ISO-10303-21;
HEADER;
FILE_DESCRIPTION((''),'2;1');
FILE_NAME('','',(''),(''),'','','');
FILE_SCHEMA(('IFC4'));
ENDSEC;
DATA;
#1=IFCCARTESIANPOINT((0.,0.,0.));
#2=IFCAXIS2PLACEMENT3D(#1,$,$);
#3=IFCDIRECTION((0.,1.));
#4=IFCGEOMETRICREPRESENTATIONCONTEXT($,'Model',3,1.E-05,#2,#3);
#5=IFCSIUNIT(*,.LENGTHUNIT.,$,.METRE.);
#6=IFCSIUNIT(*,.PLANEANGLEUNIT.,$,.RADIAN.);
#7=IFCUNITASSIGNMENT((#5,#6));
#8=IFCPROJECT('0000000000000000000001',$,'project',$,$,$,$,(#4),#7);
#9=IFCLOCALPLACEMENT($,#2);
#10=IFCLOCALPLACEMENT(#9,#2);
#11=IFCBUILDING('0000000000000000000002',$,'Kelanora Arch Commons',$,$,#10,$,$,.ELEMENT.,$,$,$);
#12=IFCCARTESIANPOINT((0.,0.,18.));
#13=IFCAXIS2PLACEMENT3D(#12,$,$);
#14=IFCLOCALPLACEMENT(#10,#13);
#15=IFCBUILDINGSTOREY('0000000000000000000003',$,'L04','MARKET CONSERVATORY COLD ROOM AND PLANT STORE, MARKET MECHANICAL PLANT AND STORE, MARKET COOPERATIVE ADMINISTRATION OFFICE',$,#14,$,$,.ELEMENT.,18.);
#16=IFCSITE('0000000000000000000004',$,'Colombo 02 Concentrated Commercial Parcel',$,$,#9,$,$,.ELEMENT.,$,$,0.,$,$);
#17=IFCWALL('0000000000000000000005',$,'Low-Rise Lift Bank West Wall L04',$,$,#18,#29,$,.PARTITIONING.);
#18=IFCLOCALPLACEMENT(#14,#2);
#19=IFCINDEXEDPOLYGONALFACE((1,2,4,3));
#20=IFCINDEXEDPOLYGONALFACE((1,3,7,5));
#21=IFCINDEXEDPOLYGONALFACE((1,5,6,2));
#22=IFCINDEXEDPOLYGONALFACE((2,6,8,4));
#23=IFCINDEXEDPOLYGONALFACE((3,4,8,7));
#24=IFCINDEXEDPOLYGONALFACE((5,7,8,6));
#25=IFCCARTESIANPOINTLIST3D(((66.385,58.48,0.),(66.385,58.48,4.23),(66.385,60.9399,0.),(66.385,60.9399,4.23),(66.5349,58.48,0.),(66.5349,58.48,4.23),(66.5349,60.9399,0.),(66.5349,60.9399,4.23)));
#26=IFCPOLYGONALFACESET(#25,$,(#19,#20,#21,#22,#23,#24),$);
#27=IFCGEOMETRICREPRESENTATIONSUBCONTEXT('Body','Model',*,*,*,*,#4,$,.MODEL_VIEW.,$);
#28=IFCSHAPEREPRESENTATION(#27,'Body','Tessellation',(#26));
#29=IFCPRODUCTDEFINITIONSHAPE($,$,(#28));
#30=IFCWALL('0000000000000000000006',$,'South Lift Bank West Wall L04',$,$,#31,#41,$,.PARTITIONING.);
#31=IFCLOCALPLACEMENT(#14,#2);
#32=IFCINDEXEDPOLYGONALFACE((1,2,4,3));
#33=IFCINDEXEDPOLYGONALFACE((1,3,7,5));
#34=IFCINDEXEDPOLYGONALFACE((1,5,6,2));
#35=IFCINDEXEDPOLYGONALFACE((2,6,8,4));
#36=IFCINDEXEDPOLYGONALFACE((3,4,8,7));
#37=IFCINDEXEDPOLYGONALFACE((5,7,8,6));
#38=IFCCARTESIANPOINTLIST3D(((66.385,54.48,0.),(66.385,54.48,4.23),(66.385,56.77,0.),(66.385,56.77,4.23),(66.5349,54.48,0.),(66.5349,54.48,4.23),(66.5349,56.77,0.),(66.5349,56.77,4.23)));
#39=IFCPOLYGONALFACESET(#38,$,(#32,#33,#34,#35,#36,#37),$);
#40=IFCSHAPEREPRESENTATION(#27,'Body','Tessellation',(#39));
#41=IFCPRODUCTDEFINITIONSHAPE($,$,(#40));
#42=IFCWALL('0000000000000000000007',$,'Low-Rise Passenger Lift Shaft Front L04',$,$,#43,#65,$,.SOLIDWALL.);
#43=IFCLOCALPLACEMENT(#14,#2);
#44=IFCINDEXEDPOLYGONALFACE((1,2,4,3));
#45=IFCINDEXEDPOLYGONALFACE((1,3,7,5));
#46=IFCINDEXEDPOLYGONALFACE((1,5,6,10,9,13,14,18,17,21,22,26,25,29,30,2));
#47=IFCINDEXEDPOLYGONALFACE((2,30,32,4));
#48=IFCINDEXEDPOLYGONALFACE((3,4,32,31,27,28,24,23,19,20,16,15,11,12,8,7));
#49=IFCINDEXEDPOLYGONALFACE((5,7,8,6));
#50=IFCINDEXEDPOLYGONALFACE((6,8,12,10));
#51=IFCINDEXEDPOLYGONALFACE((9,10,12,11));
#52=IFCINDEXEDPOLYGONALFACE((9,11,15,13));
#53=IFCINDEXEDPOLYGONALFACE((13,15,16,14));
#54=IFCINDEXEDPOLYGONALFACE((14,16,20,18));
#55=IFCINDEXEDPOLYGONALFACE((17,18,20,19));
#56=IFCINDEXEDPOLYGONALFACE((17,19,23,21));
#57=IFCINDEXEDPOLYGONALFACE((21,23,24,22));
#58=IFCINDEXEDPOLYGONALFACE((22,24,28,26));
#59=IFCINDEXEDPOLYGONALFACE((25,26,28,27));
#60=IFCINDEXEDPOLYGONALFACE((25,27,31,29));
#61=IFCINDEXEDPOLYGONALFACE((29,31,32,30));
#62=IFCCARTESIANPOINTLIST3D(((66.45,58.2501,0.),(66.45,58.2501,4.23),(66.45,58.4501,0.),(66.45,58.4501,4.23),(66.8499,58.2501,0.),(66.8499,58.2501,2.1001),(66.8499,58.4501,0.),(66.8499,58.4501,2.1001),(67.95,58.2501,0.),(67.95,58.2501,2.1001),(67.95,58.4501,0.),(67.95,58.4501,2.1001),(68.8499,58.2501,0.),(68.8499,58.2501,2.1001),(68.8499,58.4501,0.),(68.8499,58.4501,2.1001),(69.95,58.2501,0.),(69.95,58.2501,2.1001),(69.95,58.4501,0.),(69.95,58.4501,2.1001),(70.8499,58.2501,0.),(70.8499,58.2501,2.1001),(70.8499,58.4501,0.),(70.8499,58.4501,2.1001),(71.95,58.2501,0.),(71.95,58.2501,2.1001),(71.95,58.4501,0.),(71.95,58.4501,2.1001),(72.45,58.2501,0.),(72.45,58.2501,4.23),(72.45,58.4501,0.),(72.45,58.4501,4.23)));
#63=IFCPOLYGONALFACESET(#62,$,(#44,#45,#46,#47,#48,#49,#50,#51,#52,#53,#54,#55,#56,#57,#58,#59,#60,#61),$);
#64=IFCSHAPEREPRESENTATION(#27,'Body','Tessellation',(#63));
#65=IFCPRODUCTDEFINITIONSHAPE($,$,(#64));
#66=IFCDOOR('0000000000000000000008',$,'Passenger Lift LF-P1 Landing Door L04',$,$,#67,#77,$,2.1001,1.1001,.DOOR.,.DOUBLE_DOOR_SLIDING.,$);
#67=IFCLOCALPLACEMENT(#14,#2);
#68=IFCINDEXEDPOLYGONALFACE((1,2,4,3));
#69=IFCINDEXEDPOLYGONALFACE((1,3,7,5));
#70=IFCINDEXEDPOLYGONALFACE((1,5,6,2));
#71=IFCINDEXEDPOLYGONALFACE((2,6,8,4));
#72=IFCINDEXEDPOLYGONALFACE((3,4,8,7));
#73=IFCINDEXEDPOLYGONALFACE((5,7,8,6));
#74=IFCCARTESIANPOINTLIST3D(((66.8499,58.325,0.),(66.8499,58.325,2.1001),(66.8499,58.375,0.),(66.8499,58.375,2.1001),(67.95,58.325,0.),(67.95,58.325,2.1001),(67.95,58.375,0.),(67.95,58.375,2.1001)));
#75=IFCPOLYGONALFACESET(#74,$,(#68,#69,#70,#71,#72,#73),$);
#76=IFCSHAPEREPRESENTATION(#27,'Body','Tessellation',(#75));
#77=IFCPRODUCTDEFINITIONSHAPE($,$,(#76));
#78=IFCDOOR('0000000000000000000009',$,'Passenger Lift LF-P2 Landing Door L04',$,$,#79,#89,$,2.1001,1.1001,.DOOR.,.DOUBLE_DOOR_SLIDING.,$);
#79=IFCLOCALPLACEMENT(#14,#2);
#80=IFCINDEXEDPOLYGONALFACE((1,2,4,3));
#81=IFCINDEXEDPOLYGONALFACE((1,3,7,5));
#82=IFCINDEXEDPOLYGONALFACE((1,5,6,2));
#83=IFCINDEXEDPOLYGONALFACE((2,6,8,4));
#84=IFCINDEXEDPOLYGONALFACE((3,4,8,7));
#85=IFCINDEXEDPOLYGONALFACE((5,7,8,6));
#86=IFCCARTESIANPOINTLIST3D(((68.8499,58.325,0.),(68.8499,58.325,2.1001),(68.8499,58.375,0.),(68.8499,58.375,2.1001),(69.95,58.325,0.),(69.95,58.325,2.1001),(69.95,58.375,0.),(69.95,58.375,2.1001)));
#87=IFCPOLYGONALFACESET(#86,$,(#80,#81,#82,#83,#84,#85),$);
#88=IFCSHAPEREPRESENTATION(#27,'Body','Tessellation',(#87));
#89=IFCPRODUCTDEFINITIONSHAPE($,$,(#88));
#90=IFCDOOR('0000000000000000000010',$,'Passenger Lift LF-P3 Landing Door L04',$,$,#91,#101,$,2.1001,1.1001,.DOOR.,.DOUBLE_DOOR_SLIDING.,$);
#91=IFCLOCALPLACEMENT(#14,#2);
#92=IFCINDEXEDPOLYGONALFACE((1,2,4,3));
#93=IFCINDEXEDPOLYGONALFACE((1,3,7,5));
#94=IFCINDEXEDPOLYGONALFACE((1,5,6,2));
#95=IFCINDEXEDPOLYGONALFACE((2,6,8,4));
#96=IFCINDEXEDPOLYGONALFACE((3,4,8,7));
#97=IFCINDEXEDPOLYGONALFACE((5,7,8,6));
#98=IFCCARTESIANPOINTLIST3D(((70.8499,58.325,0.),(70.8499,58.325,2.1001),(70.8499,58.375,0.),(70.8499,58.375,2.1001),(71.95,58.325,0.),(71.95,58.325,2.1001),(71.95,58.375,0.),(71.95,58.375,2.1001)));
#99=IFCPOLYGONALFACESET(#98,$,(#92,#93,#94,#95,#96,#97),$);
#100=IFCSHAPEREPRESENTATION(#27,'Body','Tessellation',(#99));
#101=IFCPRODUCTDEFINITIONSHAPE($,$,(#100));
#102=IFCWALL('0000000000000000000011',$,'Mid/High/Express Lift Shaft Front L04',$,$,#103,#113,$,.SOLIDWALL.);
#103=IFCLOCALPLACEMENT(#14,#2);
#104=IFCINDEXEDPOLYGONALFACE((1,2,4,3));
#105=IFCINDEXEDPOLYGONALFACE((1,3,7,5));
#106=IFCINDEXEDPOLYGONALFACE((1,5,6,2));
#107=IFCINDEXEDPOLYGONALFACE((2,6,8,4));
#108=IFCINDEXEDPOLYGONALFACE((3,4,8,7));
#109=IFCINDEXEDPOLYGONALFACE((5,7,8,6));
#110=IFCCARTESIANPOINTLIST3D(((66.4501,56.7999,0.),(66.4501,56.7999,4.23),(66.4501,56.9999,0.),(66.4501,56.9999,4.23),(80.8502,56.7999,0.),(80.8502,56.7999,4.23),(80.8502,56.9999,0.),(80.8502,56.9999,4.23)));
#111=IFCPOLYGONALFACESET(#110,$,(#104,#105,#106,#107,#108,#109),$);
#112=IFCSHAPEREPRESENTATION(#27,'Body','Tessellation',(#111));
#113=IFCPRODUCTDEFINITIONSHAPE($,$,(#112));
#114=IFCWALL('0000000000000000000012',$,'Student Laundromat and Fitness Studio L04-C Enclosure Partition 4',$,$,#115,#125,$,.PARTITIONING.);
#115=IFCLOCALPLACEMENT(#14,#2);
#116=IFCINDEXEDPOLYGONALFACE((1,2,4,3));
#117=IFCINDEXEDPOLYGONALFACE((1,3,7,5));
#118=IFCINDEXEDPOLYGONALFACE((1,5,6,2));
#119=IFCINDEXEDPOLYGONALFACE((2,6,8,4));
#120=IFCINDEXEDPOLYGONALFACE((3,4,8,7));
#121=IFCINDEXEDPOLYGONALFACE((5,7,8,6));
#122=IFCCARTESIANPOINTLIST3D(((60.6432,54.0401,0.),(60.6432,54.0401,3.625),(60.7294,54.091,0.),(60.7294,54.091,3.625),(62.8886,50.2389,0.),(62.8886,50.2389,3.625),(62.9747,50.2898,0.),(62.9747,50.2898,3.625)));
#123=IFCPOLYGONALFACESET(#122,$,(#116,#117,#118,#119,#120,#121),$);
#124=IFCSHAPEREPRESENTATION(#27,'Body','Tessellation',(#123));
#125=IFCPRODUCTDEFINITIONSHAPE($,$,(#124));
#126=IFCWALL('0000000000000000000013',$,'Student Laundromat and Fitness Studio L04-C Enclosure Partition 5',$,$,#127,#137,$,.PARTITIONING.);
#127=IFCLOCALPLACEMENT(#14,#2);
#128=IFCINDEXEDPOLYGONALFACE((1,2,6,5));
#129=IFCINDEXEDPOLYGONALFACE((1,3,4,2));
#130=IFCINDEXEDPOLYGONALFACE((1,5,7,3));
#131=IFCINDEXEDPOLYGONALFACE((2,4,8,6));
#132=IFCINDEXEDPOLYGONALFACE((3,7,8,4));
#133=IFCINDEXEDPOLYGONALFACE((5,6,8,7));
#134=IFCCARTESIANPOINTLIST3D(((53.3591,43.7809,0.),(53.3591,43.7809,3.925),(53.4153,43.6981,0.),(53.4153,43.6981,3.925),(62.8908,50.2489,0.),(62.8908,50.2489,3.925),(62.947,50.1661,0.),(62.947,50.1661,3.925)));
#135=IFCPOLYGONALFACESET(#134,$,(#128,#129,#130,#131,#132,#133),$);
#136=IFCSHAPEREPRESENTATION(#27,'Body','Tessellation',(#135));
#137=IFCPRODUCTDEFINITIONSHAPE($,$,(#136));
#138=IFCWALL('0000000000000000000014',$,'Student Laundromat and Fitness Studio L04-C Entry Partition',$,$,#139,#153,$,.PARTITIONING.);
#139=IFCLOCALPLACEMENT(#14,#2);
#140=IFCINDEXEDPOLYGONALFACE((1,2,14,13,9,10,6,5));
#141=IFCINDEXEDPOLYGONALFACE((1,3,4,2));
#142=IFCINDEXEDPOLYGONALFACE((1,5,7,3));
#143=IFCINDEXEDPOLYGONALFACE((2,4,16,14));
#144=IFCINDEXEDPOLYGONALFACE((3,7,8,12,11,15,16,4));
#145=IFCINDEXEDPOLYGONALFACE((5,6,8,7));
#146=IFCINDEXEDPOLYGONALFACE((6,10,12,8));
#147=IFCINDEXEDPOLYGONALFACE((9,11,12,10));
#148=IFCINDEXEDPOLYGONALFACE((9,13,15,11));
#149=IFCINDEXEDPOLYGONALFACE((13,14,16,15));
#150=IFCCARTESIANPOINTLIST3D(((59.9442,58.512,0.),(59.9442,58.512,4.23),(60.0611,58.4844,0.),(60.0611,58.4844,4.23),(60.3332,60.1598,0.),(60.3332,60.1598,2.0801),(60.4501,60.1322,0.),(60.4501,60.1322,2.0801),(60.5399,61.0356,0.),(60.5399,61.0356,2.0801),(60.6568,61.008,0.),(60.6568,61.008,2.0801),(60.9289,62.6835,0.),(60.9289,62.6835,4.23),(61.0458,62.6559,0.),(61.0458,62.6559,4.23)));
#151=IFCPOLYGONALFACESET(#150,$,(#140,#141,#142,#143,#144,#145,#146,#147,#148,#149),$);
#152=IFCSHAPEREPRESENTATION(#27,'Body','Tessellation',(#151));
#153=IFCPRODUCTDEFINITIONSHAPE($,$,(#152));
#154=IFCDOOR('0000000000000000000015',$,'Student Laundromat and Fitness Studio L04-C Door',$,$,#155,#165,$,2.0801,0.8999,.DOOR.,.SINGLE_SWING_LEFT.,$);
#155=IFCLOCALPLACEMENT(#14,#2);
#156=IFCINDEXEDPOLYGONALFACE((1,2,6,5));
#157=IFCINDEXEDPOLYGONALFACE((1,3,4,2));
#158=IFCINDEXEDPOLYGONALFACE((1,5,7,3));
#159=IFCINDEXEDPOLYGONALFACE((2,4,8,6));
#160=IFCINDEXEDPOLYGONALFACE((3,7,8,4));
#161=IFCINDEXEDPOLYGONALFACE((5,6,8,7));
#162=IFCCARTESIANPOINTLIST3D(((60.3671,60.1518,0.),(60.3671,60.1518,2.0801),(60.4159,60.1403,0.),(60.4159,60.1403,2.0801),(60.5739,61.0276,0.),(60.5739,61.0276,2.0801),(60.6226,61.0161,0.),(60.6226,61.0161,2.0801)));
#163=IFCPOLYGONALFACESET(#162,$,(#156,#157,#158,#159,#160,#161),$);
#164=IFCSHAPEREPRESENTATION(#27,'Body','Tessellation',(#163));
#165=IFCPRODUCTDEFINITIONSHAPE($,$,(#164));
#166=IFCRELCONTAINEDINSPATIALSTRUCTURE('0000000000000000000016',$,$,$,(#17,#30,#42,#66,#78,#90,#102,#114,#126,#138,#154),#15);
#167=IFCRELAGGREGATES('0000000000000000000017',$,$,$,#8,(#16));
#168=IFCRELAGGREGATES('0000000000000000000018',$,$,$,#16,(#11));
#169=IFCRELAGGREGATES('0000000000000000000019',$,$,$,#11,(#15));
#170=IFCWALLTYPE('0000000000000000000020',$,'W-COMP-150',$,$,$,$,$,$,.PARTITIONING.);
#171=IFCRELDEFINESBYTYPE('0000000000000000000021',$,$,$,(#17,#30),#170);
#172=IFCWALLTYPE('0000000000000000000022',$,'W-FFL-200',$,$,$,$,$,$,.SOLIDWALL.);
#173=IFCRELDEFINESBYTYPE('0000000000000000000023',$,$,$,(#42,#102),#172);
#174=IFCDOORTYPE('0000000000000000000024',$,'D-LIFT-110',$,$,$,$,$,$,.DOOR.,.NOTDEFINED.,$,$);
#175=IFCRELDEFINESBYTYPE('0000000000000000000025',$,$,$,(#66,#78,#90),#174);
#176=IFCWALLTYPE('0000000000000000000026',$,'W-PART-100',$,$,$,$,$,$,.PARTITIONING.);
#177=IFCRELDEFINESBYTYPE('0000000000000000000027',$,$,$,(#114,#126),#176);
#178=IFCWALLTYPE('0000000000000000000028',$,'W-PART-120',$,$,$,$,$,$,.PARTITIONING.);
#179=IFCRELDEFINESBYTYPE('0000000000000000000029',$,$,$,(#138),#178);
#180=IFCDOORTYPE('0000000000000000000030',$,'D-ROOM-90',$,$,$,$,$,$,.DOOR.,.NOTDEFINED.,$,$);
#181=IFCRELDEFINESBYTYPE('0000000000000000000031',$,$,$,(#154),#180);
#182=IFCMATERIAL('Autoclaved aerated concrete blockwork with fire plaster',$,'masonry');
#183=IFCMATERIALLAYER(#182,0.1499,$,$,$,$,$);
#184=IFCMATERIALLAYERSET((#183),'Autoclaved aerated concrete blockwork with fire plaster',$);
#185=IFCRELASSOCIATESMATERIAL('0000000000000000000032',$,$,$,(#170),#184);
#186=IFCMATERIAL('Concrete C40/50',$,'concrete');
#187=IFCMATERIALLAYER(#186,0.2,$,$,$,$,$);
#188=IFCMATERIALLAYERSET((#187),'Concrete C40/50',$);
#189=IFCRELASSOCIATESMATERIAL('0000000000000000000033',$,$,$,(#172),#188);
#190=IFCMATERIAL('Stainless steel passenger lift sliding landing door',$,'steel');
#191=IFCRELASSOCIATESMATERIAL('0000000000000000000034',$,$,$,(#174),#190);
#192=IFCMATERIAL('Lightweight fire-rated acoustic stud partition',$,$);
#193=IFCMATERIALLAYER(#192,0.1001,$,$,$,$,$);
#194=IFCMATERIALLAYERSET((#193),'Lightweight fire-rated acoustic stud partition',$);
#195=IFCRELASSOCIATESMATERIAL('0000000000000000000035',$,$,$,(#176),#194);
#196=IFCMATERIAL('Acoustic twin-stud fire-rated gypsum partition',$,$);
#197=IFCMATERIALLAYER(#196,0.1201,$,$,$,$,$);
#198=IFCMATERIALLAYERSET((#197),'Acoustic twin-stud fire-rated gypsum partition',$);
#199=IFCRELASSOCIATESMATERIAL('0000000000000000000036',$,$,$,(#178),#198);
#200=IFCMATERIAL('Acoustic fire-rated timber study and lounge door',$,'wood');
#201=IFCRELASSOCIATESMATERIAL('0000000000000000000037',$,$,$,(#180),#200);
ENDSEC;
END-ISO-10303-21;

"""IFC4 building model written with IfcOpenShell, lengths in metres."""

from ifc_helpers import new_model, si_unit, direction, frame, frame_2d, origin, place, context, subcontext, project, spatial, rectangle, extrude, material, layer, layer_set, type_object, element, fill, save


model = new_model("IFC4")

# Units and contexts
model_context = context("Model", 3, precision=1e-05, world=origin(), true_north=direction((0.0, 1.0)))
body_context = subcontext(model_context, "Body", "Model", "MODEL_VIEW")
ifc_project = project(units=[si_unit("LENGTHUNIT", "METRE"), si_unit("PLANEANGLEUNIT", "RADIAN")], contexts=[model_context])

# Site, building, storey
site_placement = place(None, origin())
site = spatial("IfcSite", under=ifc_project, at=site_placement, Name="Colombo 02 Concentrated Commercial Parcel", CompositionType="ELEMENT", RefElevation=0.0)
building_placement = place(site_placement, origin())
building = spatial("IfcBuilding", under=site, at=building_placement, Name="Kelanora Arch Commons", CompositionType="ELEMENT")
storey_placement = place(building_placement, frame((0.0, 0.0, 18.0)))
storey = spatial("IfcBuildingStorey", under=building, at=storey_placement, Name="L04", Description="MARKET CONSERVATORY COLD ROOM AND PLANT STORE, MARKET MECHANICAL PLANT AND STORE, MARKET COOPERATIVE ADMINISTRATION OFFICE", CompositionType="ELEMENT", Elevation=18.0)

# Walls
ifc_material_1 = material(Name="Autoclaved aerated concrete blockwork with fire plaster", Category="masonry")
ifc_layer_1 = layer(ifc_material_1, 0.1499)
ifc_layer_set_1 = layer_set([ifc_layer_1], Name="Autoclaved aerated concrete blockwork with fire plaster")
wall_type_1 = type_object("IfcWallType", Name="W-COMP-150", PredefinedType="PARTITIONING", material=ifc_layer_set_1)
wall_1_placement = place(storey_placement, frame((66.46, 58.48, 0.0), z_axis=(0.0, 0.0, 1.0), x_axis=(0.0, 1.0, 0.0)))
element("IfcWall", 1, at=wall_1_placement, inside=storey, type_object=wall_type_1, Name="Low-Rise Lift Bank West Wall L04", PredefinedType="PARTITIONING", context=body_context, shape_type="SweptSolid", body=[
    extrude(rectangle(XDim=2.46, YDim=0.1499, at=frame_2d((1.23, 0.0))), origin(), (0.0, 0.0, 1.0), 4.23),
])
wall_2_placement = place(storey_placement, frame((66.46, 54.48, 0.0), z_axis=(0.0, 0.0, 1.0), x_axis=(0.0, 1.0, 0.0)))
element("IfcWall", 2, at=wall_2_placement, inside=storey, type_object=wall_type_1, Name="South Lift Bank West Wall L04", PredefinedType="PARTITIONING", context=body_context, shape_type="SweptSolid", body=[
    extrude(rectangle(XDim=2.29, YDim=0.1499, at=frame_2d((1.145, 0.0))), origin(), (0.0, 0.0, 1.0), 4.23),
])

# Wall, openings, doors
ifc_material_2 = material(Name="Concrete C40/50", Category="concrete")
ifc_layer_2 = layer(ifc_material_2, 0.2)
ifc_layer_set_2 = layer_set([ifc_layer_2], Name="Concrete C40/50")
wall_type_2 = type_object("IfcWallType", Name="W-FFL-200", PredefinedType="SOLIDWALL", material=ifc_layer_set_2)
wall_3_placement = place(storey_placement, frame((66.45, 58.3501, 0.0), z_axis=(0.0, 0.0, 1.0), x_axis=(1.0, 0.0, 0.0)))
wall_3 = element("IfcWall", 3, at=wall_3_placement, inside=storey, type_object=wall_type_2, Name="Low-Rise Passenger Lift Shaft Front L04", PredefinedType="SOLIDWALL", context=body_context, shape_type="SweptSolid", body=[
    extrude(rectangle(XDim=6.0, YDim=0.2, at=frame_2d((3.0, 0.0))), origin(), (0.0, 0.0, 1.0), 4.23),
])
opening_1_placement = place(wall_3_placement, frame((0.3999, 0.0, 0.0)))
opening_1 = element("IfcOpeningElement", 4, at=opening_1_placement, cuts=wall_3, PredefinedType="OPENING", context=body_context, shape_type="SweptSolid", body=[
    extrude(rectangle(XDim=1.1001, YDim=2.1001, at=frame_2d((0.55, 1.05))), frame((0.0, 0.1099, 0.0), z_axis=(0.0, -1.0, 0.0), x_axis=(1.0, 0.0, 0.0)), (0.0, 0.0, 1.0), 0.22),
])
opening_2_placement = place(wall_3_placement, frame((2.3999, 0.0, 0.0)))
opening_2 = element("IfcOpeningElement", 5, at=opening_2_placement, cuts=wall_3, PredefinedType="OPENING", context=body_context, shape_type="SweptSolid", body=[
    extrude(rectangle(XDim=1.1001, YDim=2.1001, at=frame_2d((0.55, 1.05))), frame((0.0, 0.1099, 0.0), z_axis=(0.0, -1.0, 0.0), x_axis=(1.0, 0.0, 0.0)), (0.0, 0.0, 1.0), 0.22),
])
opening_3_placement = place(wall_3_placement, frame((4.3999, 0.0, 0.0)))
opening_3 = element("IfcOpeningElement", 6, at=opening_3_placement, cuts=wall_3, PredefinedType="OPENING", context=body_context, shape_type="SweptSolid", body=[
    extrude(rectangle(XDim=1.1001, YDim=2.1001, at=frame_2d((0.55, 1.05))), frame((0.0, 0.1099, 0.0), z_axis=(0.0, -1.0, 0.0), x_axis=(1.0, 0.0, 0.0)), (0.0, 0.0, 1.0), 0.22),
])
ifc_material_3 = material(Name="Stainless steel passenger lift sliding landing door", Category="steel")
door_type_1 = type_object("IfcDoorType", Name="D-LIFT-110", OperationType="NOTDEFINED", PredefinedType="DOOR", material=ifc_material_3)
door_1_placement = place(opening_1_placement, origin())
door_1 = element("IfcDoor", 7, at=door_1_placement, inside=storey, type_object=door_type_1, Name="Passenger Lift LF-P1 Landing Door L04", OperationType="DOUBLE_DOOR_SLIDING", OverallHeight=2.1001, OverallWidth=1.1001, PredefinedType="DOOR", context=body_context, shape_type="SweptSolid", body=[
    extrude(rectangle(XDim=1.1001, YDim=2.1001, at=frame_2d((0.55, 1.05))), frame((0.0, 0.0249, 0.0), z_axis=(0.0, -1.0, 0.0), x_axis=(1.0, 0.0, 0.0)), (0.0, 0.0, 1.0), 0.05),
])
fill(opening_1, door_1)
door_2_placement = place(opening_2_placement, origin())
door_2 = element("IfcDoor", 8, at=door_2_placement, inside=storey, type_object=door_type_1, Name="Passenger Lift LF-P2 Landing Door L04", OperationType="DOUBLE_DOOR_SLIDING", OverallHeight=2.1001, OverallWidth=1.1001, PredefinedType="DOOR", context=body_context, shape_type="SweptSolid", body=[
    extrude(rectangle(XDim=1.1001, YDim=2.1001, at=frame_2d((0.55, 1.05))), frame((0.0, 0.0249, 0.0), z_axis=(0.0, -1.0, 0.0), x_axis=(1.0, 0.0, 0.0)), (0.0, 0.0, 1.0), 0.05),
])
fill(opening_2, door_2)
door_3_placement = place(opening_3_placement, origin())
door_3 = element("IfcDoor", 9, at=door_3_placement, inside=storey, type_object=door_type_1, Name="Passenger Lift LF-P3 Landing Door L04", OperationType="DOUBLE_DOOR_SLIDING", OverallHeight=2.1001, OverallWidth=1.1001, PredefinedType="DOOR", context=body_context, shape_type="SweptSolid", body=[
    extrude(rectangle(XDim=1.1001, YDim=2.1001, at=frame_2d((0.55, 1.05))), frame((0.0, 0.0249, 0.0), z_axis=(0.0, -1.0, 0.0), x_axis=(1.0, 0.0, 0.0)), (0.0, 0.0, 1.0), 0.05),
])
fill(opening_3, door_3)

# Walls
wall_4_placement = place(storey_placement, frame((66.45, 56.8999, 0.0), z_axis=(0.0, 0.0, 1.0), x_axis=(1.0, 0.0, 0.0)))
element("IfcWall", 10, at=wall_4_placement, inside=storey, type_object=wall_type_2, Name="Mid/High/Express Lift Shaft Front L04", PredefinedType="SOLIDWALL", context=body_context, shape_type="SweptSolid", body=[
    extrude(rectangle(XDim=14.4001, YDim=0.2, at=frame_2d((7.2002, 0.0))), origin(), (0.0, 0.0, 1.0), 4.23),
])
ifc_material_4 = material(Name="Lightweight fire-rated acoustic stud partition")
ifc_layer_3 = layer(ifc_material_4, 0.1001)
ifc_layer_set_3 = layer_set([ifc_layer_3], Name="Lightweight fire-rated acoustic stud partition")
wall_type_3 = type_object("IfcWallType", Name="W-PART-100", PredefinedType="PARTITIONING", material=ifc_layer_set_3)
wall_5_placement = place(storey_placement, frame((60.6863, 54.0657, 0.0), z_axis=(0.0, 0.0, 1.0), x_axis=(0.508588, -0.86101, 0.0)))
element("IfcWall", 11, at=wall_5_placement, inside=storey, type_object=wall_type_3, Name="Student Laundromat and Fitness Studio L04-C Enclosure Partition 4", PredefinedType="PARTITIONING", context=body_context, shape_type="SweptSolid", body=[
    extrude(rectangle(XDim=4.4148, YDim=0.1001, at=frame_2d((2.2075, 0.0))), origin(), (0.0, 0.0, 1.0), 3.625),
])
wall_6_placement = place(storey_placement, frame((62.9189, 50.2075, 0.0), z_axis=(0.0, 0.0, 1.0), x_axis=(-0.827474, -0.561505, 0.0)))
element("IfcWall", 12, at=wall_6_placement, inside=storey, type_object=wall_type_3, Name="Student Laundromat and Fitness Studio L04-C Enclosure Partition 5", PredefinedType="PARTITIONING", context=body_context, shape_type="SweptSolid", body=[
    extrude(rectangle(XDim=11.519, YDim=0.1001, at=frame_2d((5.7595, 0.0))), origin(), (0.0, 0.0, 1.0), 3.925),
])

# Wall, opening, door
ifc_material_5 = material(Name="Acoustic twin-stud fire-rated gypsum partition")
ifc_layer_4 = layer(ifc_material_5, 0.1201)
ifc_layer_set_4 = layer_set([ifc_layer_4], Name="Acoustic twin-stud fire-rated gypsum partition")
wall_type_4 = type_object("IfcWallType", Name="W-PART-120", PredefinedType="PARTITIONING", material=ifc_layer_set_4)
wall_7_placement = place(storey_placement, frame((60.9873, 62.6697, 0.0), z_axis=(0.0, 0.0, 1.0), x_axis=(-0.229728, -0.973255, 0.0)))
wall_7 = element("IfcWall", 13, at=wall_7_placement, inside=storey, type_object=wall_type_4, Name="Student Laundromat and Fitness Studio L04-C Entry Partition", PredefinedType="PARTITIONING", context=body_context, shape_type="SweptSolid", body=[
    extrude(rectangle(XDim=4.2861, YDim=0.1201, at=frame_2d((2.1431, 0.0))), origin(), (0.0, 0.0, 1.0), 4.23),
])
opening_4_placement = place(wall_7_placement, frame((1.6931, 0.0, 0.0)))
opening_4 = element("IfcOpeningElement", 14, at=opening_4_placement, cuts=wall_7, PredefinedType="OPENING", context=body_context, shape_type="SweptSolid", body=[
    extrude(rectangle(XDim=0.8999, YDim=2.0801, at=frame_2d((0.45, 1.04))), frame((0.0, 0.0701, 0.0), z_axis=(0.0, -1.0, 0.0), x_axis=(1.0, 0.0, 0.0)), (0.0, 0.0, 1.0), 0.1401),
])
ifc_material_6 = material(Name="Acoustic fire-rated timber study and lounge door", Category="wood")
door_type_2 = type_object("IfcDoorType", Name="D-ROOM-90", OperationType="NOTDEFINED", PredefinedType="DOOR", material=ifc_material_6)
door_4_placement = place(opening_4_placement, origin())
door_4 = element("IfcDoor", 15, at=door_4_placement, inside=storey, type_object=door_type_2, Name="Student Laundromat and Fitness Studio L04-C Door", OperationType="SINGLE_SWING_LEFT", OverallHeight=2.0801, OverallWidth=0.8999, PredefinedType="DOOR", context=body_context, shape_type="SweptSolid", body=[
    extrude(rectangle(XDim=0.8999, YDim=2.0801, at=frame_2d((0.45, 1.04))), frame((0.0, 0.0249, 0.0), z_axis=(0.0, -1.0, 0.0), x_axis=(1.0, 0.0, 0.0)), (0.0, 0.0, 1.0), 0.05),
])
fill(opening_4, door_4)

save(model, "model.ifc")
